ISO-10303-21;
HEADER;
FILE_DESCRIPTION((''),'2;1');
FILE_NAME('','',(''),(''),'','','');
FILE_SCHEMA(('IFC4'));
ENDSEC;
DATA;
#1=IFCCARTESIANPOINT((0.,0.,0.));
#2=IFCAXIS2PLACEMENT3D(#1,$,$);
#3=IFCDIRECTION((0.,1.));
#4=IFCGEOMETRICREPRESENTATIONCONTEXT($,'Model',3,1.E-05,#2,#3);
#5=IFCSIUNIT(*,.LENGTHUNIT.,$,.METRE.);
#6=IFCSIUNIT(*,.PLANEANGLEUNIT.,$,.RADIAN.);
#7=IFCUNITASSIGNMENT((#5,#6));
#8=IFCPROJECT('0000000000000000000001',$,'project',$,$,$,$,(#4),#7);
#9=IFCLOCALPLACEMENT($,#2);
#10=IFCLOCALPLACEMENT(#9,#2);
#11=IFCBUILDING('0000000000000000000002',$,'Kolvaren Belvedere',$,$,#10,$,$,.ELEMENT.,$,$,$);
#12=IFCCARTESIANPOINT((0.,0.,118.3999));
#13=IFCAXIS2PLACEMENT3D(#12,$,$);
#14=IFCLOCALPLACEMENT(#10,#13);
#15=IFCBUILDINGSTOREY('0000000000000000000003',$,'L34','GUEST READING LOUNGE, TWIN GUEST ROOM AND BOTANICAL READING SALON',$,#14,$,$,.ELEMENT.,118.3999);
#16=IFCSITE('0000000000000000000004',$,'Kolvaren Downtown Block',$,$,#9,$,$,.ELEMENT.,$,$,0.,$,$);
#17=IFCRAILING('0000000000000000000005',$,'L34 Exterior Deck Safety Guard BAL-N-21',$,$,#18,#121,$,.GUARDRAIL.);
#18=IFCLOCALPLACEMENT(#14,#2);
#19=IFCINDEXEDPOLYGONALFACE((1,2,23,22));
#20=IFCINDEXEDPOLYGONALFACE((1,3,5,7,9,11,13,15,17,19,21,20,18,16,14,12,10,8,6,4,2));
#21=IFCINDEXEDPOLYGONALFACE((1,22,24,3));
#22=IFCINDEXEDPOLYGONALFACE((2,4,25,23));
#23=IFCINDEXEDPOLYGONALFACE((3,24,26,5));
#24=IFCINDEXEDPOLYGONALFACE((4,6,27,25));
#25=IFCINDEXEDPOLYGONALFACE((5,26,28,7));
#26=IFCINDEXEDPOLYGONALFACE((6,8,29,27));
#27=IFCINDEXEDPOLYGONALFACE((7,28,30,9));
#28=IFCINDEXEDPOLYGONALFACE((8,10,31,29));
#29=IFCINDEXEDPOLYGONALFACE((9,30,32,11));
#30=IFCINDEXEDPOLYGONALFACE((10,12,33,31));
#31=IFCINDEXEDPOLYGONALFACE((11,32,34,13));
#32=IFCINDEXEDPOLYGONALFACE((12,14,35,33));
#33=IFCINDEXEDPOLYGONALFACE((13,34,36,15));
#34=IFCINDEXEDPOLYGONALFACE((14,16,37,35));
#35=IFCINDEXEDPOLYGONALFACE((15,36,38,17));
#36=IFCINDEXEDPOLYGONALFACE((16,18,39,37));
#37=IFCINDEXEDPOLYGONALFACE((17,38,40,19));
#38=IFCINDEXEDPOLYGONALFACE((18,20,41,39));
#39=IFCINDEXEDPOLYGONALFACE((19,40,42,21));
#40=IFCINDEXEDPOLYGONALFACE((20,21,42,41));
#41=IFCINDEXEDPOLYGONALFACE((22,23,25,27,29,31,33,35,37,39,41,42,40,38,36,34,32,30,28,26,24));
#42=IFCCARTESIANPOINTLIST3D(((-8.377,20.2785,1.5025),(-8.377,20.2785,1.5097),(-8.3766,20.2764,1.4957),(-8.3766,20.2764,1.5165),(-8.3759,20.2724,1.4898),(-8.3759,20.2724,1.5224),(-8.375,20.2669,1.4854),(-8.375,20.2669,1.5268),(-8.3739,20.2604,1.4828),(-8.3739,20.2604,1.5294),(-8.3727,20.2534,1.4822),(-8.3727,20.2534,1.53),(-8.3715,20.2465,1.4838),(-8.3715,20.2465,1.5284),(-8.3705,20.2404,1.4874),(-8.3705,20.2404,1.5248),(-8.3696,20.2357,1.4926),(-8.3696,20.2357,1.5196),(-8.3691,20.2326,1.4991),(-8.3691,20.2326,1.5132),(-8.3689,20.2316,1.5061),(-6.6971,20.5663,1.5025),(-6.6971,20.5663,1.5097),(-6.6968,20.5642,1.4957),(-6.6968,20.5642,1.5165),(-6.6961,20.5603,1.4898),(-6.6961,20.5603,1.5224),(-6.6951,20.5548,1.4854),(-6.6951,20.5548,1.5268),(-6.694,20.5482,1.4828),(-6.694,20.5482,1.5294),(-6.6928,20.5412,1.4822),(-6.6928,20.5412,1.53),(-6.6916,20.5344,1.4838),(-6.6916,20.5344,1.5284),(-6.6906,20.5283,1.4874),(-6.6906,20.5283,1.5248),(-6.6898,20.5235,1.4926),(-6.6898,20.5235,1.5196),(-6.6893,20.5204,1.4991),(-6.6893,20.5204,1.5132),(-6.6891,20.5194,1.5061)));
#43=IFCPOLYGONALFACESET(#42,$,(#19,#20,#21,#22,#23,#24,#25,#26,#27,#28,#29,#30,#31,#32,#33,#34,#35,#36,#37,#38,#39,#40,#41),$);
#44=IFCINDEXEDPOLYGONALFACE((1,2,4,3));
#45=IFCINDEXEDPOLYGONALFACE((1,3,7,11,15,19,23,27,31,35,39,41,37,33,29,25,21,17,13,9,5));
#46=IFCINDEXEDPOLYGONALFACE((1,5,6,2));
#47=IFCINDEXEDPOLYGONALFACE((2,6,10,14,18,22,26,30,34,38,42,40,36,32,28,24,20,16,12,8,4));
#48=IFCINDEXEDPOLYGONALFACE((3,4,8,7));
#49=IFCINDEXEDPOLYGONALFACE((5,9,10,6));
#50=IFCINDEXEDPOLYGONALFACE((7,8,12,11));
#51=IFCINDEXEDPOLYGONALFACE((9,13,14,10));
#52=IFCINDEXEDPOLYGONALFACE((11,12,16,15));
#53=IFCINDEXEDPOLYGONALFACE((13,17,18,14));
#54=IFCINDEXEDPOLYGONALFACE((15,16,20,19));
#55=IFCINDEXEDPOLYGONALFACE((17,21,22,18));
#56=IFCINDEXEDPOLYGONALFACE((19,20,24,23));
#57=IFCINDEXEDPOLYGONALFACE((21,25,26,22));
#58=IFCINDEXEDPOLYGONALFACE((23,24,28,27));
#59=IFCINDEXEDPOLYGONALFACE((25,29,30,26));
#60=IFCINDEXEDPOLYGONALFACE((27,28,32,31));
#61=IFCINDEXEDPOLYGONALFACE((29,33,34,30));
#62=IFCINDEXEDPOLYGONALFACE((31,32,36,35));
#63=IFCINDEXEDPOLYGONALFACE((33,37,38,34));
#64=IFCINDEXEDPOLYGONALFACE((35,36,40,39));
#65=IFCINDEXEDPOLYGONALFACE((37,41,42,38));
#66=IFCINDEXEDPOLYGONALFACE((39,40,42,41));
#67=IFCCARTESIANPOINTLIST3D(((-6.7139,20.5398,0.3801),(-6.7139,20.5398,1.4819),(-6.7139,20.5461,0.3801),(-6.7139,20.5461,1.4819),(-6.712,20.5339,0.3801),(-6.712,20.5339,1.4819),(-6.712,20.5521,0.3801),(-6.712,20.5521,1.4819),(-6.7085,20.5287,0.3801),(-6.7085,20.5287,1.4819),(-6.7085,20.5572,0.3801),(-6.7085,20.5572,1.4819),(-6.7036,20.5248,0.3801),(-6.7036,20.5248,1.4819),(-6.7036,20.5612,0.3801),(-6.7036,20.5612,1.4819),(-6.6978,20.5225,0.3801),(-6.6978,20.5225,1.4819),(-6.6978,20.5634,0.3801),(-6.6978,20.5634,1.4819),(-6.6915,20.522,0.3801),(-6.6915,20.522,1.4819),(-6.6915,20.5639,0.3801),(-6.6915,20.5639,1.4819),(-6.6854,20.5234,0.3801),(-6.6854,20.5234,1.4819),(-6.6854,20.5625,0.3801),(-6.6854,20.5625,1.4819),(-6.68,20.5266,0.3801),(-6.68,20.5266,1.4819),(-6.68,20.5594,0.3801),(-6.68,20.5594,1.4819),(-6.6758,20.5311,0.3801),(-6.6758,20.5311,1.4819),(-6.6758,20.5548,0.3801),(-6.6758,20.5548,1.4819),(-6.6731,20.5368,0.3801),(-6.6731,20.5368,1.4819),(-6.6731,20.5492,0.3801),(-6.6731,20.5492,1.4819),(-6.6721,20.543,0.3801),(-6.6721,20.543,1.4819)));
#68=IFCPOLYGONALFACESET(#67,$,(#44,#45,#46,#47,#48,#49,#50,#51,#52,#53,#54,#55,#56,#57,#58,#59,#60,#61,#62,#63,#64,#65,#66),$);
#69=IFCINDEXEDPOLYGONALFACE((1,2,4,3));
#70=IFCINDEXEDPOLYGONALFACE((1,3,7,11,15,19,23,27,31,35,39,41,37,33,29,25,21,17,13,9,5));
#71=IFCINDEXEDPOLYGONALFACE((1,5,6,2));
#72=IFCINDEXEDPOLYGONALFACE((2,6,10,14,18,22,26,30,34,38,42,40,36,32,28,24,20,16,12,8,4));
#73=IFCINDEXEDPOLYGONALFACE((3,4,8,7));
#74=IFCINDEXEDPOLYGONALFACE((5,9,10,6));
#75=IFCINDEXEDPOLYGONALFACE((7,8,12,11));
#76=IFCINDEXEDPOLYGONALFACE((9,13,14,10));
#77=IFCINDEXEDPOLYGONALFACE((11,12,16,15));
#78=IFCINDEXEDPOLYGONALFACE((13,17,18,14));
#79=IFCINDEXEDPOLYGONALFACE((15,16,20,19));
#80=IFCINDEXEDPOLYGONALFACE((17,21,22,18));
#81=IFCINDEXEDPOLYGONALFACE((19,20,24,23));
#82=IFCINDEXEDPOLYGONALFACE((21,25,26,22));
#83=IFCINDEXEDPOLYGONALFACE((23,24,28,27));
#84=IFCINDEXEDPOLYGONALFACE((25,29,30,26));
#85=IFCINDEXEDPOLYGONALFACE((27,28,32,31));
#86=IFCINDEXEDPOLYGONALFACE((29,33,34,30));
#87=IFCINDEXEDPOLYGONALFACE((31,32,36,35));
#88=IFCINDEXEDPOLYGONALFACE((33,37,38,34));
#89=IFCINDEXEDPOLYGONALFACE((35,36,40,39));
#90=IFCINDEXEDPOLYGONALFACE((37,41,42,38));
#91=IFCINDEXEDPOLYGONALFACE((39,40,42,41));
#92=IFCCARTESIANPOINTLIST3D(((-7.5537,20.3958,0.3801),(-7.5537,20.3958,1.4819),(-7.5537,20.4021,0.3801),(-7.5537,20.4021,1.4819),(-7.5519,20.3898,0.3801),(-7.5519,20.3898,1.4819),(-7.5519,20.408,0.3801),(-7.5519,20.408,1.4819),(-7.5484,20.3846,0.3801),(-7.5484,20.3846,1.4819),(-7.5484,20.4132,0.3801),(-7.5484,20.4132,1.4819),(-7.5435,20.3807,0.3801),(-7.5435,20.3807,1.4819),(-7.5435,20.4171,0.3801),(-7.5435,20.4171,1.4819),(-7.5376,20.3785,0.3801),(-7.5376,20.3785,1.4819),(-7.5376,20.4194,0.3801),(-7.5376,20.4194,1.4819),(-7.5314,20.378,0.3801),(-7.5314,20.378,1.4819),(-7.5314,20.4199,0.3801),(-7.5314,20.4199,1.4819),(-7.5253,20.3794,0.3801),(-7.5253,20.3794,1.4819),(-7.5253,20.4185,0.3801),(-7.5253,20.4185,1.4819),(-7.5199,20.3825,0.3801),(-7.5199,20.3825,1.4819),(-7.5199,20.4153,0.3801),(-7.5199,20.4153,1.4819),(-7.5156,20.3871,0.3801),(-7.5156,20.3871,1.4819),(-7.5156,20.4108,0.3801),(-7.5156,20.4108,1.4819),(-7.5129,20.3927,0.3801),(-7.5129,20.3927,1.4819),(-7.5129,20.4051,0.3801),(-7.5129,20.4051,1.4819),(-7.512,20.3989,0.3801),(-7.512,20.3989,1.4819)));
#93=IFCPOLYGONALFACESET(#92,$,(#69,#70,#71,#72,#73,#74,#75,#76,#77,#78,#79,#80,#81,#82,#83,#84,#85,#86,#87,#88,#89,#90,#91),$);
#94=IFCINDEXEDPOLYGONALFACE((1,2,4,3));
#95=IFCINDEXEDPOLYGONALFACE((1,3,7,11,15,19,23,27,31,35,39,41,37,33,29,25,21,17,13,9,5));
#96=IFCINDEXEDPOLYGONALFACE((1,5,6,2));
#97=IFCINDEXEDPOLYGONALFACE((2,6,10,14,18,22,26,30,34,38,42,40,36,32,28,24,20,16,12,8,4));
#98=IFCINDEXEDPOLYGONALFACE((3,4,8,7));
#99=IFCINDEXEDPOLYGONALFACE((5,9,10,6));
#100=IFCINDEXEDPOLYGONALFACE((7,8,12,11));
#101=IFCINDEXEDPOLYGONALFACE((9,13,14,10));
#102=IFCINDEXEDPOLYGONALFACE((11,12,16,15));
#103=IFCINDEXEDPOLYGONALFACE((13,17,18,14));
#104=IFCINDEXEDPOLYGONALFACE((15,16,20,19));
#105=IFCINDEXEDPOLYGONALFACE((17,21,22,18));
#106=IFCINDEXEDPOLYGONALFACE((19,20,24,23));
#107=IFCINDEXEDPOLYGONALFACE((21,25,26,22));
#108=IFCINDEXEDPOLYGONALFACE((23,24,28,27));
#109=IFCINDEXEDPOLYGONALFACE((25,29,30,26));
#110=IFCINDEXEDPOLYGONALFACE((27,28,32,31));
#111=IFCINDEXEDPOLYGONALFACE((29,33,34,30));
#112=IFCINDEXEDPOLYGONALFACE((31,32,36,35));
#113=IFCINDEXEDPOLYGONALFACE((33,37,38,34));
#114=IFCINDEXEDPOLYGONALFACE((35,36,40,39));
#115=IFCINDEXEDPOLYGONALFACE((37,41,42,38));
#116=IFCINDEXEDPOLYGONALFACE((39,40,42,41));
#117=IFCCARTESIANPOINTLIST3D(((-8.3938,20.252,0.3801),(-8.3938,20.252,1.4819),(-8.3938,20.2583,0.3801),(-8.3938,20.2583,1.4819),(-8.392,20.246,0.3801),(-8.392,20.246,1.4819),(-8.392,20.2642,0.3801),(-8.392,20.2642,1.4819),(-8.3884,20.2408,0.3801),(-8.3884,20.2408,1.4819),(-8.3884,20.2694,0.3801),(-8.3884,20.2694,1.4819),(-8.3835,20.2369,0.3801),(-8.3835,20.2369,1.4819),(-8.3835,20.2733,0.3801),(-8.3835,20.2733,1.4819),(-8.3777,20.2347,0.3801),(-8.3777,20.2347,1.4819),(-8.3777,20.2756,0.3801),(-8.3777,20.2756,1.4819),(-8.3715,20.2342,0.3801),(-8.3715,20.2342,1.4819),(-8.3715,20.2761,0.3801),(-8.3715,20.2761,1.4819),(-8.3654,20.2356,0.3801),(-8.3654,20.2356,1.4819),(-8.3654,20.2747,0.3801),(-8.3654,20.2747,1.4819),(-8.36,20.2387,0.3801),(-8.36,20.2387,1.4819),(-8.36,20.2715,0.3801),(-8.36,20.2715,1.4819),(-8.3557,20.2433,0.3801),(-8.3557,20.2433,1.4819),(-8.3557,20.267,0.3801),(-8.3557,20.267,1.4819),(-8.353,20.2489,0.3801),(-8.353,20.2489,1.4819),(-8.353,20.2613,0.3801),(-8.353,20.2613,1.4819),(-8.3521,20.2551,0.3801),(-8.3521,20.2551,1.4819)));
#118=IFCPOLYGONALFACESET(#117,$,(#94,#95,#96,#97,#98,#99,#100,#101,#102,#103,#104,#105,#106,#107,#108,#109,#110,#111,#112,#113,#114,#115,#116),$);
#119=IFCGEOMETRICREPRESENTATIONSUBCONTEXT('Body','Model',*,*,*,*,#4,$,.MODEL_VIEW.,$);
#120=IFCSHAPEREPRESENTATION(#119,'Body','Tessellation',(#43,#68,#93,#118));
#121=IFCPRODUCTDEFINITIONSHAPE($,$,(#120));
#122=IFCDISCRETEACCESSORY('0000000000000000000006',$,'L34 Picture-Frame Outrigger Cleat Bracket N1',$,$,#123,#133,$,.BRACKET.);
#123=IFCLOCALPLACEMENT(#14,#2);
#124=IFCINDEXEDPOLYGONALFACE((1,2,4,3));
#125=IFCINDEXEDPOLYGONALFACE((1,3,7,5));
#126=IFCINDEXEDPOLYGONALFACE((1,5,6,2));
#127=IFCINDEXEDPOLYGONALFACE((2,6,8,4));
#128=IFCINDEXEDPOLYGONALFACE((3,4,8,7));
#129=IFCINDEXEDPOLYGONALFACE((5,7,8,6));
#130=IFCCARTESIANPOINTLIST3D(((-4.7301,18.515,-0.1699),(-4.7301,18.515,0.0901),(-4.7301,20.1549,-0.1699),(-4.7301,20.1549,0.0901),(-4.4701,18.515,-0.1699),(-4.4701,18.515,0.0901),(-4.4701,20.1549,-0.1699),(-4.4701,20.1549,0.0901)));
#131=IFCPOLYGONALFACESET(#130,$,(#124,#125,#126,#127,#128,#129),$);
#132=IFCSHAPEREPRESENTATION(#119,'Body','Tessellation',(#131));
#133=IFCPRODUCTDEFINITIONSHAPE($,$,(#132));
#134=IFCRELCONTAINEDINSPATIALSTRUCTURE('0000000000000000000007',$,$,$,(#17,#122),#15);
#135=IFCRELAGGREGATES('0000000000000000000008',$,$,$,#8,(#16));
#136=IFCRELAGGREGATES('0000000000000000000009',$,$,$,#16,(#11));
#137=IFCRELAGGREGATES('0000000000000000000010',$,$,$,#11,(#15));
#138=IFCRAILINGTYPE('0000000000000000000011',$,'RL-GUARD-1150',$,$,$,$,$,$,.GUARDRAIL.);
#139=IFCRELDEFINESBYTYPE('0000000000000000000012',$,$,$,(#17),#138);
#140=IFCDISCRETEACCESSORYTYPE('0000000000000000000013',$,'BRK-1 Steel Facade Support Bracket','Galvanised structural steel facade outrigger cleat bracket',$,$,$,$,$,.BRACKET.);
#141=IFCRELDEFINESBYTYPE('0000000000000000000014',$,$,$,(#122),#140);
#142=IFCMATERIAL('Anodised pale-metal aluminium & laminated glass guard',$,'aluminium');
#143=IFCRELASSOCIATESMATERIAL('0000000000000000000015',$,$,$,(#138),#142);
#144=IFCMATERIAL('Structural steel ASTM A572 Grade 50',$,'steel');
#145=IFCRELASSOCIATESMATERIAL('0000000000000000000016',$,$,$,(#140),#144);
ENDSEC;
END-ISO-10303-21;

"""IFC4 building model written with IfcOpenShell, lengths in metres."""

from ifc_helpers import new_model, si_unit, direction, frame, origin, origin_2d, place, context, subcontext, project, spatial, rectangle, circle, extrude, material, type_object, element, save


model = new_model("IFC4")

# Units and contexts
model_context = context("Model", 3, precision=1e-05, world=origin(), true_north=direction((0.0, 1.0)))
body_context = subcontext(model_context, "Body", "Model", "MODEL_VIEW")
ifc_project = project(units=[si_unit("LENGTHUNIT", "METRE"), si_unit("PLANEANGLEUNIT", "RADIAN")], contexts=[model_context])

# Site, building, storey
site_placement = place(None, origin())
site = spatial("IfcSite", under=ifc_project, at=site_placement, Name="Kolvaren Downtown Block", CompositionType="ELEMENT", RefElevation=0.0)
building_placement = place(site_placement, origin())
building = spatial("IfcBuilding", under=site, at=building_placement, Name="Kolvaren Belvedere", CompositionType="ELEMENT")
storey_placement = place(building_placement, frame((0.0, 0.0, 118.3999)))
storey = spatial("IfcBuildingStorey", under=building, at=storey_placement, Name="L34", Description="GUEST READING LOUNGE, TWIN GUEST ROOM AND BOTANICAL READING SALON", CompositionType="ELEMENT", Elevation=118.3999)

# Railing
ifc_material_1 = material(Name="Anodised pale-metal aluminium & laminated glass guard", Category="aluminium")
railing_type = type_object("IfcRailingType", Name="RL-GUARD-1150", PredefinedType="GUARDRAIL", material=ifc_material_1)
railing_1_placement = place(storey_placement, frame((-6.6931, 20.543, 0.3801)))
element("IfcRailing", 1, at=railing_1_placement, inside=storey, type_object=railing_type, Name="L34 Exterior Deck Safety Guard BAL-N-21", PredefinedType="GUARDRAIL", context=body_context, shape_type="SweptSolid", body=[
    extrude(circle(Radius=0.0239, at=origin_2d()), frame((0.0, 0.0, 1.126), z_axis=(-0.985637, -0.16888, 0.0), x_axis=(0.16888, -0.985637, 0.0)), (0.0, 0.0, 1.0), 1.7043),
    extrude(circle(Radius=0.021, at=origin_2d()), origin(), (0.0, 0.0, 1.0), 1.1018),
    extrude(circle(Radius=0.021, at=origin_2d()), frame((-0.8398, -0.144, 0.0)), (0.0, 0.0, 1.0), 1.1018),
    extrude(circle(Radius=0.021, at=origin_2d()), frame((-1.6799, -0.2878, 0.0)), (0.0, 0.0, 1.0), 1.1018),
])

# Discrete accessory
ifc_material_2 = material(Name="Structural steel ASTM A572 Grade 50", Category="steel")
discrete_accessory_type = type_object("IfcDiscreteAccessoryType", Name="BRK-1 Steel Facade Support Bracket", Description="Galvanised structural steel facade outrigger cleat bracket", PredefinedType="BRACKET", material=ifc_material_2)
discrete_accessory_placement = place(storey_placement, frame((-4.6001, 19.335, -0.1699), z_axis=(0.0, 0.0, 1.0), x_axis=(0.0, 1.0, 0.0)))
element("IfcDiscreteAccessory", 2, at=discrete_accessory_placement, inside=storey, type_object=discrete_accessory_type, Name="L34 Picture-Frame Outrigger Cleat Bracket N1", PredefinedType="BRACKET", context=body_context, shape_type="SweptSolid", body=[
    extrude(rectangle(XDim=1.6399, YDim=0.26, at=origin_2d()), origin(), (0.0, 0.0, 1.0), 0.26),
])

save(model, "model.ifc")
